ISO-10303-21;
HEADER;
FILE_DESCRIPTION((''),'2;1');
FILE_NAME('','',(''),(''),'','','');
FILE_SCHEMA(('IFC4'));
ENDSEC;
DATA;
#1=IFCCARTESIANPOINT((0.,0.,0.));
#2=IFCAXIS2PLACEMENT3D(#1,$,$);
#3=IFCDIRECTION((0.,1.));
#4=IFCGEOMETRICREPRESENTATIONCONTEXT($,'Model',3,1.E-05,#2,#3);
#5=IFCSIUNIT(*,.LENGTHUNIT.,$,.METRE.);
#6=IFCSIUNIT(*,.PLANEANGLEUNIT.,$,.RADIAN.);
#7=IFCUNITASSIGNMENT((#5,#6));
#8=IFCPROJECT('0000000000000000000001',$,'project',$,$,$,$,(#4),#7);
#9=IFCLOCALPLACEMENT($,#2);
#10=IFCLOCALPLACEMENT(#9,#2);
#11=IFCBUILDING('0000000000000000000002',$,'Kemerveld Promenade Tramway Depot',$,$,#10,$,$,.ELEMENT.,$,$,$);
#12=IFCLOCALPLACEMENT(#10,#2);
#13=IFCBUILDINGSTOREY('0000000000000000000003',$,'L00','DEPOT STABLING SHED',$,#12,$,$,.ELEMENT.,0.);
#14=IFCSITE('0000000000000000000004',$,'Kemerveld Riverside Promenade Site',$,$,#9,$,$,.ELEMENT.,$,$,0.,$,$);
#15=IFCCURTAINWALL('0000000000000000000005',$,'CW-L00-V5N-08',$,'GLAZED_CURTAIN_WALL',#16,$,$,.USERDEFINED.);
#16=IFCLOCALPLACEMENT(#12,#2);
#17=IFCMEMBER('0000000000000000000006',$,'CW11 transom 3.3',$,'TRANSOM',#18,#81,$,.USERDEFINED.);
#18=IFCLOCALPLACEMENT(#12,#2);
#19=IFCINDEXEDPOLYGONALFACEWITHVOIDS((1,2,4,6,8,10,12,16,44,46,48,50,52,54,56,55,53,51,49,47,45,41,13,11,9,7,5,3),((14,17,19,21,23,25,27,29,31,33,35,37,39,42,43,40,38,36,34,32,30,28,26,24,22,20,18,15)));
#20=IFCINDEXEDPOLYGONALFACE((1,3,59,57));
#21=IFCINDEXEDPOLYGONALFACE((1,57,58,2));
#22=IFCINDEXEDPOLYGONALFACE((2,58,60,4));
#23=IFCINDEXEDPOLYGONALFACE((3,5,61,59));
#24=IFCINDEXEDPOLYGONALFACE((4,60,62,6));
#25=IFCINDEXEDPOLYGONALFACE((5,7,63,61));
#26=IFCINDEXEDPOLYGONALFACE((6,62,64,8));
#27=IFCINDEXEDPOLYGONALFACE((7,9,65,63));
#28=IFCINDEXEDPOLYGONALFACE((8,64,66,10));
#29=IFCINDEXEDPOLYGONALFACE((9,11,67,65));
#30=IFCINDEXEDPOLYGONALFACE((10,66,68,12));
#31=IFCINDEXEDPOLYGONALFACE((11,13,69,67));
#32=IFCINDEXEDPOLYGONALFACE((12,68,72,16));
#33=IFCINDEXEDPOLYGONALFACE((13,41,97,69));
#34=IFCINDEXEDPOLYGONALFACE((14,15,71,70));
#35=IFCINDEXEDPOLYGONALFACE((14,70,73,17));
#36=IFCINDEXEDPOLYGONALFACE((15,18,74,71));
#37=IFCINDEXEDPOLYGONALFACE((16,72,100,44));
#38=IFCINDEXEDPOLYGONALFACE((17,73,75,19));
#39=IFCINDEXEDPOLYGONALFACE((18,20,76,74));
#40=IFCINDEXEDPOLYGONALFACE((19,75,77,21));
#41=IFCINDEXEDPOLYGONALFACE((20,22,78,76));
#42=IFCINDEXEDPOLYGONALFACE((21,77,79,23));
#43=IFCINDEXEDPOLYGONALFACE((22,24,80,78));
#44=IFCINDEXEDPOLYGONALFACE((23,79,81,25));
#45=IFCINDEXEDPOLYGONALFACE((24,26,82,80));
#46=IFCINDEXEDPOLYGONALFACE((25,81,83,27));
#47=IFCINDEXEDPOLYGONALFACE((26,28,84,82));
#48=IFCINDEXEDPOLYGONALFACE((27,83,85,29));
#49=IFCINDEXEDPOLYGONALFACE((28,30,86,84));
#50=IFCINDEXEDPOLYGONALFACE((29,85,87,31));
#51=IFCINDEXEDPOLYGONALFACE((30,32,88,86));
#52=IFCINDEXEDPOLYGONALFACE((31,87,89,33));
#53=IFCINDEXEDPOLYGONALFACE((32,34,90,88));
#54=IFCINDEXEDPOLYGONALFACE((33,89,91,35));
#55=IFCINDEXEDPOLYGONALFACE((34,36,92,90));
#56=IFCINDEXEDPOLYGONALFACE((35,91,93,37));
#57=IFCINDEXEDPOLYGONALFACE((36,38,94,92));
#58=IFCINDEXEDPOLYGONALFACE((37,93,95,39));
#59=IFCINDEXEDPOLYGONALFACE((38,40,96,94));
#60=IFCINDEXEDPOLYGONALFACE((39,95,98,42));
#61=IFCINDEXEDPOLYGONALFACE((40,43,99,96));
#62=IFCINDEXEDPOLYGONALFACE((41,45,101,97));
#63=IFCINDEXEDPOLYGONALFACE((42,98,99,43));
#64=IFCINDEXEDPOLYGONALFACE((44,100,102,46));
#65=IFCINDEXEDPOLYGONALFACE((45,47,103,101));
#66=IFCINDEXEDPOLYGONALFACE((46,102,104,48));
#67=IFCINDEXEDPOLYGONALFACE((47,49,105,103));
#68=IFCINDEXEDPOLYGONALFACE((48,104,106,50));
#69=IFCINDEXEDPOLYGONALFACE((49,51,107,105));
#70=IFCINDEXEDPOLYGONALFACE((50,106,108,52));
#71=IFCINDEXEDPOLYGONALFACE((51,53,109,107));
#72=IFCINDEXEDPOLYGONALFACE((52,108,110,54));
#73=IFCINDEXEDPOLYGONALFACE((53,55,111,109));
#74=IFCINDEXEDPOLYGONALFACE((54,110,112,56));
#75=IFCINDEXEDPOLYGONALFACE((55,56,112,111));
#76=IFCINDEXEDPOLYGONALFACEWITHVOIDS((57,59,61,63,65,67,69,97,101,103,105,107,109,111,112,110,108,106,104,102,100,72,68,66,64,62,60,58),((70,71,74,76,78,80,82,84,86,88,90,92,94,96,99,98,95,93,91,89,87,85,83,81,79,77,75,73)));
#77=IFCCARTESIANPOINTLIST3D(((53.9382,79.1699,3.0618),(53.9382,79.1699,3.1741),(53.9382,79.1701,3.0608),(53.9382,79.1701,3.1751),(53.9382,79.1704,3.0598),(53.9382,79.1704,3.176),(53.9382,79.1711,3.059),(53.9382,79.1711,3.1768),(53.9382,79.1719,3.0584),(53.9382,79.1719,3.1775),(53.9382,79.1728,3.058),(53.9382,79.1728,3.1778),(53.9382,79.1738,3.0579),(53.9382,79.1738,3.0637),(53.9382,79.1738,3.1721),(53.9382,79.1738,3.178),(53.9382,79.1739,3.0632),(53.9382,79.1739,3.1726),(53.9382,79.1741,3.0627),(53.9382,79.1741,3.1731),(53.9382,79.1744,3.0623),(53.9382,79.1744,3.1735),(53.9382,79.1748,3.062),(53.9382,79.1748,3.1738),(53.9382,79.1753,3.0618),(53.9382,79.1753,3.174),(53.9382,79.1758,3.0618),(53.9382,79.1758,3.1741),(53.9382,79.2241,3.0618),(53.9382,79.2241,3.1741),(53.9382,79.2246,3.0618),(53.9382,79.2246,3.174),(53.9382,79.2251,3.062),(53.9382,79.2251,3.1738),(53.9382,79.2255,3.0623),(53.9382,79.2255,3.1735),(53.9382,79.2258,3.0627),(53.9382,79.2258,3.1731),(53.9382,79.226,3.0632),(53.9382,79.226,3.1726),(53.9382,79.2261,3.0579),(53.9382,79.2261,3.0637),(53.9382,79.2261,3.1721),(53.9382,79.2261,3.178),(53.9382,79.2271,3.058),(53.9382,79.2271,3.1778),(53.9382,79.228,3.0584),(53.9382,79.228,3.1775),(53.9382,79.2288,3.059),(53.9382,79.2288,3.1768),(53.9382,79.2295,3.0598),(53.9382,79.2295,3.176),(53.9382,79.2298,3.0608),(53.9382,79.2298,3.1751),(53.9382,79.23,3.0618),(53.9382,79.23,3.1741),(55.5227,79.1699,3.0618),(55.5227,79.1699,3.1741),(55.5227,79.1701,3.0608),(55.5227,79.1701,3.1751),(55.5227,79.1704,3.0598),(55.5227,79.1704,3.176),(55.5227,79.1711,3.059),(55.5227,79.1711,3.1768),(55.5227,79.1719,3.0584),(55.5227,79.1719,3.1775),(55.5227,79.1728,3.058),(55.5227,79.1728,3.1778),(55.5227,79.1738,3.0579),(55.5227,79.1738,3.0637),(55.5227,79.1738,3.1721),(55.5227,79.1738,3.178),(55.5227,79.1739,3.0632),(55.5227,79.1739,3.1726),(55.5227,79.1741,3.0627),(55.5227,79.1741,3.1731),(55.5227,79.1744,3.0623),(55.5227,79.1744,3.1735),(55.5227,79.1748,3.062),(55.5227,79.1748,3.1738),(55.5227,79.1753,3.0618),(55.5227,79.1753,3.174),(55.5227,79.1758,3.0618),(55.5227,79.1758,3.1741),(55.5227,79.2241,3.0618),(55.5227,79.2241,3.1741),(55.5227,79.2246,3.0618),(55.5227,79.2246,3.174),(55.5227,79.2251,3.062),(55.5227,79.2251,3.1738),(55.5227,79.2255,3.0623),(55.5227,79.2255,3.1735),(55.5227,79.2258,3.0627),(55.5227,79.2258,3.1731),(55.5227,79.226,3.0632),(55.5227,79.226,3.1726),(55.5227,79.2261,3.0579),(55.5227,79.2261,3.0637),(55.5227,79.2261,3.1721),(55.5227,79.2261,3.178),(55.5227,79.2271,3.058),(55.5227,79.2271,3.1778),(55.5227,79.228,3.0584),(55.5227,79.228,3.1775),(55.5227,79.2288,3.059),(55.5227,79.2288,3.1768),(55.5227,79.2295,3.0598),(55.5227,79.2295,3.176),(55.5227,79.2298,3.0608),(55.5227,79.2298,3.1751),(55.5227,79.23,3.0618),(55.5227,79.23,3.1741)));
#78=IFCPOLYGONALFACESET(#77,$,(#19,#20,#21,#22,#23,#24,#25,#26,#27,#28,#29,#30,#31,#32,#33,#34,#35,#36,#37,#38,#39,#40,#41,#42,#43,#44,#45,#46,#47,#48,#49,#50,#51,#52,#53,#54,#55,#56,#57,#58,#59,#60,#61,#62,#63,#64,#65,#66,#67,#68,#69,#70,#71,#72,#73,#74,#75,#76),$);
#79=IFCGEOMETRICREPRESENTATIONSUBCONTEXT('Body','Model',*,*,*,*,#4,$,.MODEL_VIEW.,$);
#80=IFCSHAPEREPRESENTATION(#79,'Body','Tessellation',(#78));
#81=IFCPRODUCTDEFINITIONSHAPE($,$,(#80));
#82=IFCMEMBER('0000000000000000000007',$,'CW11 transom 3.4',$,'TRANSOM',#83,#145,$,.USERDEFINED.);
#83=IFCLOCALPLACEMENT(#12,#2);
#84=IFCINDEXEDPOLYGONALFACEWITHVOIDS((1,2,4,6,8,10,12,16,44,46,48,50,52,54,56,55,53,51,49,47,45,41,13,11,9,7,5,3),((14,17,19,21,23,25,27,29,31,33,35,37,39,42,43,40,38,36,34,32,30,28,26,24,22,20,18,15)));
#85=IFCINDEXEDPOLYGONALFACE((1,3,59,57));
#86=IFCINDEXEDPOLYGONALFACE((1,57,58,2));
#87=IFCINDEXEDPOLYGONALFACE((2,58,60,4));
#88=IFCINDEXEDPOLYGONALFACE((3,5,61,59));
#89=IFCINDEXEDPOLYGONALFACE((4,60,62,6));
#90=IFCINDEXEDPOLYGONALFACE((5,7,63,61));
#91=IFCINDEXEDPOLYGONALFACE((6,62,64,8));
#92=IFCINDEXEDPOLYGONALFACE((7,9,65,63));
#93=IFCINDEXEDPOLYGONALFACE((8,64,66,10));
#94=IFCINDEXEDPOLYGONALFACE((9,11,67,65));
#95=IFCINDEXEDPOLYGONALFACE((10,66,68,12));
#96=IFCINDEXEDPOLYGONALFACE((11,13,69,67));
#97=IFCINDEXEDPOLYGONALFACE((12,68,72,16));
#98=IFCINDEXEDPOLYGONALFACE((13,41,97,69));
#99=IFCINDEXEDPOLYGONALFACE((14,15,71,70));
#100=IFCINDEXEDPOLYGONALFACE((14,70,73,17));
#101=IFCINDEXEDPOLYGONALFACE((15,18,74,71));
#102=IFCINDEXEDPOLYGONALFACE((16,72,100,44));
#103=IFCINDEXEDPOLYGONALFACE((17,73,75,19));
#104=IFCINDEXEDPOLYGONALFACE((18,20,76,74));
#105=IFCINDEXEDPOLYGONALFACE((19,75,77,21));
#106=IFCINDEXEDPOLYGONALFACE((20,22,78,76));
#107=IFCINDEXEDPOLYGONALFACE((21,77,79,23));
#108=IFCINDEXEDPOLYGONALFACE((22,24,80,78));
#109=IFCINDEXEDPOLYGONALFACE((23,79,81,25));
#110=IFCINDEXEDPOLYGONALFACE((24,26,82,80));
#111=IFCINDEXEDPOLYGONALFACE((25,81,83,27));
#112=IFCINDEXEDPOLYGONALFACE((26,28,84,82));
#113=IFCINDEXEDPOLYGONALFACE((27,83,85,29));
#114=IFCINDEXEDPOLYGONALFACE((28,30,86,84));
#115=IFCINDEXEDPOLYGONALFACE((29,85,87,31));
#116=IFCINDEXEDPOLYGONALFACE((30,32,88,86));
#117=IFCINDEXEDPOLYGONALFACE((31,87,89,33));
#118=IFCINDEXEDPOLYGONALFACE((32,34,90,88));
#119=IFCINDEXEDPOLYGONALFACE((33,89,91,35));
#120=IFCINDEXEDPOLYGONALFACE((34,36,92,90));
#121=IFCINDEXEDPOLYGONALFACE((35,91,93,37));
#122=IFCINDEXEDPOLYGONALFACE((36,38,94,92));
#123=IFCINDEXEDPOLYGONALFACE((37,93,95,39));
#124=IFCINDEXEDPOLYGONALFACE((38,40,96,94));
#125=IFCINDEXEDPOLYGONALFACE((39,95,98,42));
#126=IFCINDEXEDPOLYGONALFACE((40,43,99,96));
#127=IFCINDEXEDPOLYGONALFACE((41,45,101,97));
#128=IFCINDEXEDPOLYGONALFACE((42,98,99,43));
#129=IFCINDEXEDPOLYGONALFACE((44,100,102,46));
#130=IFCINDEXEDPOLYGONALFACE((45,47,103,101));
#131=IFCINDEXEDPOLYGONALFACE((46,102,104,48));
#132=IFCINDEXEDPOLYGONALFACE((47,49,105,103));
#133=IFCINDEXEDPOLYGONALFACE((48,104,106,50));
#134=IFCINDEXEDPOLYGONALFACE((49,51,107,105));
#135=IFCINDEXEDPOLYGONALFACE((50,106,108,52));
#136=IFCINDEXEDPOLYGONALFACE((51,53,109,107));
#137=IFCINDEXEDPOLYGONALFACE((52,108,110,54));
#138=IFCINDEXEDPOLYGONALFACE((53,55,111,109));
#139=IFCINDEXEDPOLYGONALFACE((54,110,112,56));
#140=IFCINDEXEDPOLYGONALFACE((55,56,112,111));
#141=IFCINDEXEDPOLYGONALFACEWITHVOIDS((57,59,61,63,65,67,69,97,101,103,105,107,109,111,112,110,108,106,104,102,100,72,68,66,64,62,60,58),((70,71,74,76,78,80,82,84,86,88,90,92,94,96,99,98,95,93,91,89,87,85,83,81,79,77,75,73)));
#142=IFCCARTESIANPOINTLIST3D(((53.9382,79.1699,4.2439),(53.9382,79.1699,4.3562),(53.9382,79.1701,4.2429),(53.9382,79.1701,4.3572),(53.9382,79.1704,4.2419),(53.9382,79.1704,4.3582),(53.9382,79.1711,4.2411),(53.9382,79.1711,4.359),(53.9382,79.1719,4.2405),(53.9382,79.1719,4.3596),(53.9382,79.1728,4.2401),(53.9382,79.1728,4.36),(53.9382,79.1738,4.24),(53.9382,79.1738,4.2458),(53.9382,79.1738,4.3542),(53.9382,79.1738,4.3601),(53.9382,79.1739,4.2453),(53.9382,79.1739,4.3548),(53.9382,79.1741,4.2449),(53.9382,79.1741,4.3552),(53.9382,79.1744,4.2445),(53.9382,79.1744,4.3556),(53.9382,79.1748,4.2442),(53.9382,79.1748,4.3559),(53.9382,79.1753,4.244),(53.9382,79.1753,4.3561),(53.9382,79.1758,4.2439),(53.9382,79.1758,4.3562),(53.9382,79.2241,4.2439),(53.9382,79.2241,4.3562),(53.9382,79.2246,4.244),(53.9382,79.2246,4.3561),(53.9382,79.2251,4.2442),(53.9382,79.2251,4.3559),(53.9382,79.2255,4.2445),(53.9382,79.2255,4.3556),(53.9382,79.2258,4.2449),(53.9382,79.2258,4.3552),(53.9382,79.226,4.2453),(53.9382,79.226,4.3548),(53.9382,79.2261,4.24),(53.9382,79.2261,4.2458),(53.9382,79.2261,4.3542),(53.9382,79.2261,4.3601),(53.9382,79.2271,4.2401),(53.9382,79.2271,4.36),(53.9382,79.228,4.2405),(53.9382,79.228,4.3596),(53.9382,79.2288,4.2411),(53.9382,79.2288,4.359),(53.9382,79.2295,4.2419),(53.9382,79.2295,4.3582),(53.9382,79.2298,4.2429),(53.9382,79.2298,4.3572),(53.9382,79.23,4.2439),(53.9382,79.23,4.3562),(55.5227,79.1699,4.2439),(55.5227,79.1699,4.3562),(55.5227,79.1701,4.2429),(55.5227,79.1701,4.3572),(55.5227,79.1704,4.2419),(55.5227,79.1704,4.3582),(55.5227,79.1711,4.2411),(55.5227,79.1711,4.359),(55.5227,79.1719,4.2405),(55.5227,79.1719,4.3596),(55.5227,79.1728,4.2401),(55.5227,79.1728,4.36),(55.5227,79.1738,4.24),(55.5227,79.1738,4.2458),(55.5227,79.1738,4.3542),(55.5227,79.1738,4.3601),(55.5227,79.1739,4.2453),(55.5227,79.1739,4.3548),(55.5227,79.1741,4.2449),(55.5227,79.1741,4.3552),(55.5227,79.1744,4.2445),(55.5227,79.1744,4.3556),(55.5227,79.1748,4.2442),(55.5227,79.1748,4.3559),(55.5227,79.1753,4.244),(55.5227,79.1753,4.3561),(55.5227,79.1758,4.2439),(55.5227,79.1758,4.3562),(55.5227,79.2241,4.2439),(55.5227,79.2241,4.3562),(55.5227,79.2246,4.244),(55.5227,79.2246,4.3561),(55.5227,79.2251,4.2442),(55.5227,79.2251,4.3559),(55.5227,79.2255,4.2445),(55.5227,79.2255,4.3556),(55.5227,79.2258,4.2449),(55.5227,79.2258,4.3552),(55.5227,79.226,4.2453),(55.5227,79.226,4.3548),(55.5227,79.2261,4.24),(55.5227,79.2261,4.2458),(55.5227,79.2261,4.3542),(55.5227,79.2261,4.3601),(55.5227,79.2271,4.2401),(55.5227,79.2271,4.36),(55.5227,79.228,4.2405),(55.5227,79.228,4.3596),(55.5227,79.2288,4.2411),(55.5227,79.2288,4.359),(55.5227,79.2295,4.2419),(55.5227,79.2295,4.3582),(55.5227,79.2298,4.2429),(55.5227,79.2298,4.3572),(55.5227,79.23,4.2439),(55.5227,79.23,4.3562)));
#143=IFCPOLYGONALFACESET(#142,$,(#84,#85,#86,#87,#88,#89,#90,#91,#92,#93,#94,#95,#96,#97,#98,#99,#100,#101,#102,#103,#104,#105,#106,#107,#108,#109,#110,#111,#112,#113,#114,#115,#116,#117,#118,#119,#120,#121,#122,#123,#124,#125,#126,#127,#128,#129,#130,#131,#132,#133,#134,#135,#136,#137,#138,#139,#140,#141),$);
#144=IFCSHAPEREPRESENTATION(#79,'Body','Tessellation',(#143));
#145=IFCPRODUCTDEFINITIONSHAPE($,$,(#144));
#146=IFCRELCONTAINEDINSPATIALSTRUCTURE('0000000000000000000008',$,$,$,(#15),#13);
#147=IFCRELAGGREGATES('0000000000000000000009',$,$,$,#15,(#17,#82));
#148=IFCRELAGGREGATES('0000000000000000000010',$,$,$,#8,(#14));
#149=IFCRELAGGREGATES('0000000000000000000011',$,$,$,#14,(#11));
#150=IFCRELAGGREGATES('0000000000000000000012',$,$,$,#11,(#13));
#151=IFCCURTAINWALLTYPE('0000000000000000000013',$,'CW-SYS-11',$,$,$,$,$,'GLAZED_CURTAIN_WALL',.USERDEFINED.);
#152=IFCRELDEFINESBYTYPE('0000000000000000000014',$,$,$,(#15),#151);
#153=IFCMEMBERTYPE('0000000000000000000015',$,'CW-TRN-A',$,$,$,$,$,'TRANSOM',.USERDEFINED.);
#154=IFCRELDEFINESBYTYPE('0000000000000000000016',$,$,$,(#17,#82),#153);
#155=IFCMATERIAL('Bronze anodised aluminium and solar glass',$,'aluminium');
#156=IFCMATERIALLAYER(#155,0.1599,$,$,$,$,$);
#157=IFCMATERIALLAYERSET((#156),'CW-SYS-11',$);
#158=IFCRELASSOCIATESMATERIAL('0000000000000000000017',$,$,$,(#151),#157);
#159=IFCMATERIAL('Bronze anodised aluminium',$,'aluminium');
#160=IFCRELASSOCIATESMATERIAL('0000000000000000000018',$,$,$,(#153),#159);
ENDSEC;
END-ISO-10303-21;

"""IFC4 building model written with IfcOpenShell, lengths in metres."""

from ifc_helpers import new_model, si_unit, direction, frame, origin, origin_2d, place, context, subcontext, project, spatial, hollow_rectangle, extrude, material, layer, layer_set, material_profile, profile_set, type_object, element, aggregate, save


model = new_model("IFC4")

# Units and contexts
model_context = context("Model", 3, precision=1e-05, world=origin(), true_north=direction((0.0, 1.0)))
body_context = subcontext(model_context, "Body", "Model", "MODEL_VIEW")
ifc_project = project(units=[si_unit("LENGTHUNIT", "METRE"), si_unit("PLANEANGLEUNIT", "RADIAN")], contexts=[model_context])

# Site, building, storey
site_placement = place(None, origin())
site = spatial("IfcSite", under=ifc_project, at=site_placement, Name="Kemerveld Riverside Promenade Site", CompositionType="ELEMENT", RefElevation=0.0)
building_placement = place(site_placement, origin())
building = spatial("IfcBuilding", under=site, at=building_placement, Name="Kemerveld Promenade Tramway Depot", CompositionType="ELEMENT")
storey_placement = place(building_placement, origin())
storey = spatial("IfcBuildingStorey", under=building, at=storey_placement, Name="L00", Description="DEPOT STABLING SHED", CompositionType="ELEMENT", Elevation=0.0)

# Curtain wall, members
ifc_material_1 = material(Name="Bronze anodised aluminium and solar glass", Category="aluminium")
ifc_layer_1 = layer(ifc_material_1, 0.1599)
ifc_layer_set_1 = layer_set([ifc_layer_1], Name="CW-SYS-11")
curtain_wall_type = type_object("IfcCurtainWallType", Name="CW-SYS-11", ElementType="GLAZED_CURTAIN_WALL", PredefinedType="USERDEFINED", material=ifc_layer_set_1)
curtain_wall_placement = place(storey_placement, origin())
curtain_wall = element("IfcCurtainWall", 1, at=curtain_wall_placement, inside=storey, type_object=curtain_wall_type, Name="CW-L00-V5N-08", ObjectType="GLAZED_CURTAIN_WALL", PredefinedType="USERDEFINED")
ifc_material_2 = material(Name="Bronze anodised aluminium", Category="aluminium")
ifc_material_profile_1 = material_profile(ifc_material_2, hollow_rectangle(XDim=0.0601, YDim=0.1201, WallThickness=0.0039, InnerFilletRadius=0.002, OuterFilletRadius=0.0039, at=origin_2d()), Name="CW-TRN-120x60")
ifc_profile_set_1 = profile_set([ifc_material_profile_1], Name="Bronze anodised aluminium")
member_type_1 = type_object("IfcMemberType", Name="CW-TRN-A", ElementType="TRANSOM", PredefinedType="USERDEFINED", material=ifc_profile_set_1)
member_1_placement = place(storey_placement, frame((53.9382, 79.2, 3.1179), z_axis=(1.0, 0.0, 0.0), x_axis=(0.0, 1.0, 0.0)))
member_1 = element("IfcMember", 2, at=member_1_placement, type_object=member_type_1, Name="CW11 transom 3.3", ObjectType="TRANSOM", PredefinedType="USERDEFINED", context=body_context, shape_type="SweptSolid", body=[
    extrude(hollow_rectangle(XDim=0.0601, YDim=0.1201, WallThickness=0.0039, InnerFilletRadius=0.002, OuterFilletRadius=0.0039, at=origin_2d()), origin(), (0.0, 0.0, 1.0), 1.5845),
])
member_2_placement = place(storey_placement, frame((53.9382, 79.2, 4.3), z_axis=(1.0, 0.0, 0.0), x_axis=(0.0, 1.0, 0.0)))
member_2 = element("IfcMember", 3, at=member_2_placement, type_object=member_type_1, Name="CW11 transom 3.4", ObjectType="TRANSOM", PredefinedType="USERDEFINED", context=body_context, shape_type="SweptSolid", body=[
    extrude(hollow_rectangle(XDim=0.0601, YDim=0.1201, WallThickness=0.0039, InnerFilletRadius=0.002, OuterFilletRadius=0.0039, at=origin_2d()), origin(), (0.0, 0.0, 1.0), 1.5845),
])
aggregate(curtain_wall, [member_1, member_2])

save(model, "model.ifc")
